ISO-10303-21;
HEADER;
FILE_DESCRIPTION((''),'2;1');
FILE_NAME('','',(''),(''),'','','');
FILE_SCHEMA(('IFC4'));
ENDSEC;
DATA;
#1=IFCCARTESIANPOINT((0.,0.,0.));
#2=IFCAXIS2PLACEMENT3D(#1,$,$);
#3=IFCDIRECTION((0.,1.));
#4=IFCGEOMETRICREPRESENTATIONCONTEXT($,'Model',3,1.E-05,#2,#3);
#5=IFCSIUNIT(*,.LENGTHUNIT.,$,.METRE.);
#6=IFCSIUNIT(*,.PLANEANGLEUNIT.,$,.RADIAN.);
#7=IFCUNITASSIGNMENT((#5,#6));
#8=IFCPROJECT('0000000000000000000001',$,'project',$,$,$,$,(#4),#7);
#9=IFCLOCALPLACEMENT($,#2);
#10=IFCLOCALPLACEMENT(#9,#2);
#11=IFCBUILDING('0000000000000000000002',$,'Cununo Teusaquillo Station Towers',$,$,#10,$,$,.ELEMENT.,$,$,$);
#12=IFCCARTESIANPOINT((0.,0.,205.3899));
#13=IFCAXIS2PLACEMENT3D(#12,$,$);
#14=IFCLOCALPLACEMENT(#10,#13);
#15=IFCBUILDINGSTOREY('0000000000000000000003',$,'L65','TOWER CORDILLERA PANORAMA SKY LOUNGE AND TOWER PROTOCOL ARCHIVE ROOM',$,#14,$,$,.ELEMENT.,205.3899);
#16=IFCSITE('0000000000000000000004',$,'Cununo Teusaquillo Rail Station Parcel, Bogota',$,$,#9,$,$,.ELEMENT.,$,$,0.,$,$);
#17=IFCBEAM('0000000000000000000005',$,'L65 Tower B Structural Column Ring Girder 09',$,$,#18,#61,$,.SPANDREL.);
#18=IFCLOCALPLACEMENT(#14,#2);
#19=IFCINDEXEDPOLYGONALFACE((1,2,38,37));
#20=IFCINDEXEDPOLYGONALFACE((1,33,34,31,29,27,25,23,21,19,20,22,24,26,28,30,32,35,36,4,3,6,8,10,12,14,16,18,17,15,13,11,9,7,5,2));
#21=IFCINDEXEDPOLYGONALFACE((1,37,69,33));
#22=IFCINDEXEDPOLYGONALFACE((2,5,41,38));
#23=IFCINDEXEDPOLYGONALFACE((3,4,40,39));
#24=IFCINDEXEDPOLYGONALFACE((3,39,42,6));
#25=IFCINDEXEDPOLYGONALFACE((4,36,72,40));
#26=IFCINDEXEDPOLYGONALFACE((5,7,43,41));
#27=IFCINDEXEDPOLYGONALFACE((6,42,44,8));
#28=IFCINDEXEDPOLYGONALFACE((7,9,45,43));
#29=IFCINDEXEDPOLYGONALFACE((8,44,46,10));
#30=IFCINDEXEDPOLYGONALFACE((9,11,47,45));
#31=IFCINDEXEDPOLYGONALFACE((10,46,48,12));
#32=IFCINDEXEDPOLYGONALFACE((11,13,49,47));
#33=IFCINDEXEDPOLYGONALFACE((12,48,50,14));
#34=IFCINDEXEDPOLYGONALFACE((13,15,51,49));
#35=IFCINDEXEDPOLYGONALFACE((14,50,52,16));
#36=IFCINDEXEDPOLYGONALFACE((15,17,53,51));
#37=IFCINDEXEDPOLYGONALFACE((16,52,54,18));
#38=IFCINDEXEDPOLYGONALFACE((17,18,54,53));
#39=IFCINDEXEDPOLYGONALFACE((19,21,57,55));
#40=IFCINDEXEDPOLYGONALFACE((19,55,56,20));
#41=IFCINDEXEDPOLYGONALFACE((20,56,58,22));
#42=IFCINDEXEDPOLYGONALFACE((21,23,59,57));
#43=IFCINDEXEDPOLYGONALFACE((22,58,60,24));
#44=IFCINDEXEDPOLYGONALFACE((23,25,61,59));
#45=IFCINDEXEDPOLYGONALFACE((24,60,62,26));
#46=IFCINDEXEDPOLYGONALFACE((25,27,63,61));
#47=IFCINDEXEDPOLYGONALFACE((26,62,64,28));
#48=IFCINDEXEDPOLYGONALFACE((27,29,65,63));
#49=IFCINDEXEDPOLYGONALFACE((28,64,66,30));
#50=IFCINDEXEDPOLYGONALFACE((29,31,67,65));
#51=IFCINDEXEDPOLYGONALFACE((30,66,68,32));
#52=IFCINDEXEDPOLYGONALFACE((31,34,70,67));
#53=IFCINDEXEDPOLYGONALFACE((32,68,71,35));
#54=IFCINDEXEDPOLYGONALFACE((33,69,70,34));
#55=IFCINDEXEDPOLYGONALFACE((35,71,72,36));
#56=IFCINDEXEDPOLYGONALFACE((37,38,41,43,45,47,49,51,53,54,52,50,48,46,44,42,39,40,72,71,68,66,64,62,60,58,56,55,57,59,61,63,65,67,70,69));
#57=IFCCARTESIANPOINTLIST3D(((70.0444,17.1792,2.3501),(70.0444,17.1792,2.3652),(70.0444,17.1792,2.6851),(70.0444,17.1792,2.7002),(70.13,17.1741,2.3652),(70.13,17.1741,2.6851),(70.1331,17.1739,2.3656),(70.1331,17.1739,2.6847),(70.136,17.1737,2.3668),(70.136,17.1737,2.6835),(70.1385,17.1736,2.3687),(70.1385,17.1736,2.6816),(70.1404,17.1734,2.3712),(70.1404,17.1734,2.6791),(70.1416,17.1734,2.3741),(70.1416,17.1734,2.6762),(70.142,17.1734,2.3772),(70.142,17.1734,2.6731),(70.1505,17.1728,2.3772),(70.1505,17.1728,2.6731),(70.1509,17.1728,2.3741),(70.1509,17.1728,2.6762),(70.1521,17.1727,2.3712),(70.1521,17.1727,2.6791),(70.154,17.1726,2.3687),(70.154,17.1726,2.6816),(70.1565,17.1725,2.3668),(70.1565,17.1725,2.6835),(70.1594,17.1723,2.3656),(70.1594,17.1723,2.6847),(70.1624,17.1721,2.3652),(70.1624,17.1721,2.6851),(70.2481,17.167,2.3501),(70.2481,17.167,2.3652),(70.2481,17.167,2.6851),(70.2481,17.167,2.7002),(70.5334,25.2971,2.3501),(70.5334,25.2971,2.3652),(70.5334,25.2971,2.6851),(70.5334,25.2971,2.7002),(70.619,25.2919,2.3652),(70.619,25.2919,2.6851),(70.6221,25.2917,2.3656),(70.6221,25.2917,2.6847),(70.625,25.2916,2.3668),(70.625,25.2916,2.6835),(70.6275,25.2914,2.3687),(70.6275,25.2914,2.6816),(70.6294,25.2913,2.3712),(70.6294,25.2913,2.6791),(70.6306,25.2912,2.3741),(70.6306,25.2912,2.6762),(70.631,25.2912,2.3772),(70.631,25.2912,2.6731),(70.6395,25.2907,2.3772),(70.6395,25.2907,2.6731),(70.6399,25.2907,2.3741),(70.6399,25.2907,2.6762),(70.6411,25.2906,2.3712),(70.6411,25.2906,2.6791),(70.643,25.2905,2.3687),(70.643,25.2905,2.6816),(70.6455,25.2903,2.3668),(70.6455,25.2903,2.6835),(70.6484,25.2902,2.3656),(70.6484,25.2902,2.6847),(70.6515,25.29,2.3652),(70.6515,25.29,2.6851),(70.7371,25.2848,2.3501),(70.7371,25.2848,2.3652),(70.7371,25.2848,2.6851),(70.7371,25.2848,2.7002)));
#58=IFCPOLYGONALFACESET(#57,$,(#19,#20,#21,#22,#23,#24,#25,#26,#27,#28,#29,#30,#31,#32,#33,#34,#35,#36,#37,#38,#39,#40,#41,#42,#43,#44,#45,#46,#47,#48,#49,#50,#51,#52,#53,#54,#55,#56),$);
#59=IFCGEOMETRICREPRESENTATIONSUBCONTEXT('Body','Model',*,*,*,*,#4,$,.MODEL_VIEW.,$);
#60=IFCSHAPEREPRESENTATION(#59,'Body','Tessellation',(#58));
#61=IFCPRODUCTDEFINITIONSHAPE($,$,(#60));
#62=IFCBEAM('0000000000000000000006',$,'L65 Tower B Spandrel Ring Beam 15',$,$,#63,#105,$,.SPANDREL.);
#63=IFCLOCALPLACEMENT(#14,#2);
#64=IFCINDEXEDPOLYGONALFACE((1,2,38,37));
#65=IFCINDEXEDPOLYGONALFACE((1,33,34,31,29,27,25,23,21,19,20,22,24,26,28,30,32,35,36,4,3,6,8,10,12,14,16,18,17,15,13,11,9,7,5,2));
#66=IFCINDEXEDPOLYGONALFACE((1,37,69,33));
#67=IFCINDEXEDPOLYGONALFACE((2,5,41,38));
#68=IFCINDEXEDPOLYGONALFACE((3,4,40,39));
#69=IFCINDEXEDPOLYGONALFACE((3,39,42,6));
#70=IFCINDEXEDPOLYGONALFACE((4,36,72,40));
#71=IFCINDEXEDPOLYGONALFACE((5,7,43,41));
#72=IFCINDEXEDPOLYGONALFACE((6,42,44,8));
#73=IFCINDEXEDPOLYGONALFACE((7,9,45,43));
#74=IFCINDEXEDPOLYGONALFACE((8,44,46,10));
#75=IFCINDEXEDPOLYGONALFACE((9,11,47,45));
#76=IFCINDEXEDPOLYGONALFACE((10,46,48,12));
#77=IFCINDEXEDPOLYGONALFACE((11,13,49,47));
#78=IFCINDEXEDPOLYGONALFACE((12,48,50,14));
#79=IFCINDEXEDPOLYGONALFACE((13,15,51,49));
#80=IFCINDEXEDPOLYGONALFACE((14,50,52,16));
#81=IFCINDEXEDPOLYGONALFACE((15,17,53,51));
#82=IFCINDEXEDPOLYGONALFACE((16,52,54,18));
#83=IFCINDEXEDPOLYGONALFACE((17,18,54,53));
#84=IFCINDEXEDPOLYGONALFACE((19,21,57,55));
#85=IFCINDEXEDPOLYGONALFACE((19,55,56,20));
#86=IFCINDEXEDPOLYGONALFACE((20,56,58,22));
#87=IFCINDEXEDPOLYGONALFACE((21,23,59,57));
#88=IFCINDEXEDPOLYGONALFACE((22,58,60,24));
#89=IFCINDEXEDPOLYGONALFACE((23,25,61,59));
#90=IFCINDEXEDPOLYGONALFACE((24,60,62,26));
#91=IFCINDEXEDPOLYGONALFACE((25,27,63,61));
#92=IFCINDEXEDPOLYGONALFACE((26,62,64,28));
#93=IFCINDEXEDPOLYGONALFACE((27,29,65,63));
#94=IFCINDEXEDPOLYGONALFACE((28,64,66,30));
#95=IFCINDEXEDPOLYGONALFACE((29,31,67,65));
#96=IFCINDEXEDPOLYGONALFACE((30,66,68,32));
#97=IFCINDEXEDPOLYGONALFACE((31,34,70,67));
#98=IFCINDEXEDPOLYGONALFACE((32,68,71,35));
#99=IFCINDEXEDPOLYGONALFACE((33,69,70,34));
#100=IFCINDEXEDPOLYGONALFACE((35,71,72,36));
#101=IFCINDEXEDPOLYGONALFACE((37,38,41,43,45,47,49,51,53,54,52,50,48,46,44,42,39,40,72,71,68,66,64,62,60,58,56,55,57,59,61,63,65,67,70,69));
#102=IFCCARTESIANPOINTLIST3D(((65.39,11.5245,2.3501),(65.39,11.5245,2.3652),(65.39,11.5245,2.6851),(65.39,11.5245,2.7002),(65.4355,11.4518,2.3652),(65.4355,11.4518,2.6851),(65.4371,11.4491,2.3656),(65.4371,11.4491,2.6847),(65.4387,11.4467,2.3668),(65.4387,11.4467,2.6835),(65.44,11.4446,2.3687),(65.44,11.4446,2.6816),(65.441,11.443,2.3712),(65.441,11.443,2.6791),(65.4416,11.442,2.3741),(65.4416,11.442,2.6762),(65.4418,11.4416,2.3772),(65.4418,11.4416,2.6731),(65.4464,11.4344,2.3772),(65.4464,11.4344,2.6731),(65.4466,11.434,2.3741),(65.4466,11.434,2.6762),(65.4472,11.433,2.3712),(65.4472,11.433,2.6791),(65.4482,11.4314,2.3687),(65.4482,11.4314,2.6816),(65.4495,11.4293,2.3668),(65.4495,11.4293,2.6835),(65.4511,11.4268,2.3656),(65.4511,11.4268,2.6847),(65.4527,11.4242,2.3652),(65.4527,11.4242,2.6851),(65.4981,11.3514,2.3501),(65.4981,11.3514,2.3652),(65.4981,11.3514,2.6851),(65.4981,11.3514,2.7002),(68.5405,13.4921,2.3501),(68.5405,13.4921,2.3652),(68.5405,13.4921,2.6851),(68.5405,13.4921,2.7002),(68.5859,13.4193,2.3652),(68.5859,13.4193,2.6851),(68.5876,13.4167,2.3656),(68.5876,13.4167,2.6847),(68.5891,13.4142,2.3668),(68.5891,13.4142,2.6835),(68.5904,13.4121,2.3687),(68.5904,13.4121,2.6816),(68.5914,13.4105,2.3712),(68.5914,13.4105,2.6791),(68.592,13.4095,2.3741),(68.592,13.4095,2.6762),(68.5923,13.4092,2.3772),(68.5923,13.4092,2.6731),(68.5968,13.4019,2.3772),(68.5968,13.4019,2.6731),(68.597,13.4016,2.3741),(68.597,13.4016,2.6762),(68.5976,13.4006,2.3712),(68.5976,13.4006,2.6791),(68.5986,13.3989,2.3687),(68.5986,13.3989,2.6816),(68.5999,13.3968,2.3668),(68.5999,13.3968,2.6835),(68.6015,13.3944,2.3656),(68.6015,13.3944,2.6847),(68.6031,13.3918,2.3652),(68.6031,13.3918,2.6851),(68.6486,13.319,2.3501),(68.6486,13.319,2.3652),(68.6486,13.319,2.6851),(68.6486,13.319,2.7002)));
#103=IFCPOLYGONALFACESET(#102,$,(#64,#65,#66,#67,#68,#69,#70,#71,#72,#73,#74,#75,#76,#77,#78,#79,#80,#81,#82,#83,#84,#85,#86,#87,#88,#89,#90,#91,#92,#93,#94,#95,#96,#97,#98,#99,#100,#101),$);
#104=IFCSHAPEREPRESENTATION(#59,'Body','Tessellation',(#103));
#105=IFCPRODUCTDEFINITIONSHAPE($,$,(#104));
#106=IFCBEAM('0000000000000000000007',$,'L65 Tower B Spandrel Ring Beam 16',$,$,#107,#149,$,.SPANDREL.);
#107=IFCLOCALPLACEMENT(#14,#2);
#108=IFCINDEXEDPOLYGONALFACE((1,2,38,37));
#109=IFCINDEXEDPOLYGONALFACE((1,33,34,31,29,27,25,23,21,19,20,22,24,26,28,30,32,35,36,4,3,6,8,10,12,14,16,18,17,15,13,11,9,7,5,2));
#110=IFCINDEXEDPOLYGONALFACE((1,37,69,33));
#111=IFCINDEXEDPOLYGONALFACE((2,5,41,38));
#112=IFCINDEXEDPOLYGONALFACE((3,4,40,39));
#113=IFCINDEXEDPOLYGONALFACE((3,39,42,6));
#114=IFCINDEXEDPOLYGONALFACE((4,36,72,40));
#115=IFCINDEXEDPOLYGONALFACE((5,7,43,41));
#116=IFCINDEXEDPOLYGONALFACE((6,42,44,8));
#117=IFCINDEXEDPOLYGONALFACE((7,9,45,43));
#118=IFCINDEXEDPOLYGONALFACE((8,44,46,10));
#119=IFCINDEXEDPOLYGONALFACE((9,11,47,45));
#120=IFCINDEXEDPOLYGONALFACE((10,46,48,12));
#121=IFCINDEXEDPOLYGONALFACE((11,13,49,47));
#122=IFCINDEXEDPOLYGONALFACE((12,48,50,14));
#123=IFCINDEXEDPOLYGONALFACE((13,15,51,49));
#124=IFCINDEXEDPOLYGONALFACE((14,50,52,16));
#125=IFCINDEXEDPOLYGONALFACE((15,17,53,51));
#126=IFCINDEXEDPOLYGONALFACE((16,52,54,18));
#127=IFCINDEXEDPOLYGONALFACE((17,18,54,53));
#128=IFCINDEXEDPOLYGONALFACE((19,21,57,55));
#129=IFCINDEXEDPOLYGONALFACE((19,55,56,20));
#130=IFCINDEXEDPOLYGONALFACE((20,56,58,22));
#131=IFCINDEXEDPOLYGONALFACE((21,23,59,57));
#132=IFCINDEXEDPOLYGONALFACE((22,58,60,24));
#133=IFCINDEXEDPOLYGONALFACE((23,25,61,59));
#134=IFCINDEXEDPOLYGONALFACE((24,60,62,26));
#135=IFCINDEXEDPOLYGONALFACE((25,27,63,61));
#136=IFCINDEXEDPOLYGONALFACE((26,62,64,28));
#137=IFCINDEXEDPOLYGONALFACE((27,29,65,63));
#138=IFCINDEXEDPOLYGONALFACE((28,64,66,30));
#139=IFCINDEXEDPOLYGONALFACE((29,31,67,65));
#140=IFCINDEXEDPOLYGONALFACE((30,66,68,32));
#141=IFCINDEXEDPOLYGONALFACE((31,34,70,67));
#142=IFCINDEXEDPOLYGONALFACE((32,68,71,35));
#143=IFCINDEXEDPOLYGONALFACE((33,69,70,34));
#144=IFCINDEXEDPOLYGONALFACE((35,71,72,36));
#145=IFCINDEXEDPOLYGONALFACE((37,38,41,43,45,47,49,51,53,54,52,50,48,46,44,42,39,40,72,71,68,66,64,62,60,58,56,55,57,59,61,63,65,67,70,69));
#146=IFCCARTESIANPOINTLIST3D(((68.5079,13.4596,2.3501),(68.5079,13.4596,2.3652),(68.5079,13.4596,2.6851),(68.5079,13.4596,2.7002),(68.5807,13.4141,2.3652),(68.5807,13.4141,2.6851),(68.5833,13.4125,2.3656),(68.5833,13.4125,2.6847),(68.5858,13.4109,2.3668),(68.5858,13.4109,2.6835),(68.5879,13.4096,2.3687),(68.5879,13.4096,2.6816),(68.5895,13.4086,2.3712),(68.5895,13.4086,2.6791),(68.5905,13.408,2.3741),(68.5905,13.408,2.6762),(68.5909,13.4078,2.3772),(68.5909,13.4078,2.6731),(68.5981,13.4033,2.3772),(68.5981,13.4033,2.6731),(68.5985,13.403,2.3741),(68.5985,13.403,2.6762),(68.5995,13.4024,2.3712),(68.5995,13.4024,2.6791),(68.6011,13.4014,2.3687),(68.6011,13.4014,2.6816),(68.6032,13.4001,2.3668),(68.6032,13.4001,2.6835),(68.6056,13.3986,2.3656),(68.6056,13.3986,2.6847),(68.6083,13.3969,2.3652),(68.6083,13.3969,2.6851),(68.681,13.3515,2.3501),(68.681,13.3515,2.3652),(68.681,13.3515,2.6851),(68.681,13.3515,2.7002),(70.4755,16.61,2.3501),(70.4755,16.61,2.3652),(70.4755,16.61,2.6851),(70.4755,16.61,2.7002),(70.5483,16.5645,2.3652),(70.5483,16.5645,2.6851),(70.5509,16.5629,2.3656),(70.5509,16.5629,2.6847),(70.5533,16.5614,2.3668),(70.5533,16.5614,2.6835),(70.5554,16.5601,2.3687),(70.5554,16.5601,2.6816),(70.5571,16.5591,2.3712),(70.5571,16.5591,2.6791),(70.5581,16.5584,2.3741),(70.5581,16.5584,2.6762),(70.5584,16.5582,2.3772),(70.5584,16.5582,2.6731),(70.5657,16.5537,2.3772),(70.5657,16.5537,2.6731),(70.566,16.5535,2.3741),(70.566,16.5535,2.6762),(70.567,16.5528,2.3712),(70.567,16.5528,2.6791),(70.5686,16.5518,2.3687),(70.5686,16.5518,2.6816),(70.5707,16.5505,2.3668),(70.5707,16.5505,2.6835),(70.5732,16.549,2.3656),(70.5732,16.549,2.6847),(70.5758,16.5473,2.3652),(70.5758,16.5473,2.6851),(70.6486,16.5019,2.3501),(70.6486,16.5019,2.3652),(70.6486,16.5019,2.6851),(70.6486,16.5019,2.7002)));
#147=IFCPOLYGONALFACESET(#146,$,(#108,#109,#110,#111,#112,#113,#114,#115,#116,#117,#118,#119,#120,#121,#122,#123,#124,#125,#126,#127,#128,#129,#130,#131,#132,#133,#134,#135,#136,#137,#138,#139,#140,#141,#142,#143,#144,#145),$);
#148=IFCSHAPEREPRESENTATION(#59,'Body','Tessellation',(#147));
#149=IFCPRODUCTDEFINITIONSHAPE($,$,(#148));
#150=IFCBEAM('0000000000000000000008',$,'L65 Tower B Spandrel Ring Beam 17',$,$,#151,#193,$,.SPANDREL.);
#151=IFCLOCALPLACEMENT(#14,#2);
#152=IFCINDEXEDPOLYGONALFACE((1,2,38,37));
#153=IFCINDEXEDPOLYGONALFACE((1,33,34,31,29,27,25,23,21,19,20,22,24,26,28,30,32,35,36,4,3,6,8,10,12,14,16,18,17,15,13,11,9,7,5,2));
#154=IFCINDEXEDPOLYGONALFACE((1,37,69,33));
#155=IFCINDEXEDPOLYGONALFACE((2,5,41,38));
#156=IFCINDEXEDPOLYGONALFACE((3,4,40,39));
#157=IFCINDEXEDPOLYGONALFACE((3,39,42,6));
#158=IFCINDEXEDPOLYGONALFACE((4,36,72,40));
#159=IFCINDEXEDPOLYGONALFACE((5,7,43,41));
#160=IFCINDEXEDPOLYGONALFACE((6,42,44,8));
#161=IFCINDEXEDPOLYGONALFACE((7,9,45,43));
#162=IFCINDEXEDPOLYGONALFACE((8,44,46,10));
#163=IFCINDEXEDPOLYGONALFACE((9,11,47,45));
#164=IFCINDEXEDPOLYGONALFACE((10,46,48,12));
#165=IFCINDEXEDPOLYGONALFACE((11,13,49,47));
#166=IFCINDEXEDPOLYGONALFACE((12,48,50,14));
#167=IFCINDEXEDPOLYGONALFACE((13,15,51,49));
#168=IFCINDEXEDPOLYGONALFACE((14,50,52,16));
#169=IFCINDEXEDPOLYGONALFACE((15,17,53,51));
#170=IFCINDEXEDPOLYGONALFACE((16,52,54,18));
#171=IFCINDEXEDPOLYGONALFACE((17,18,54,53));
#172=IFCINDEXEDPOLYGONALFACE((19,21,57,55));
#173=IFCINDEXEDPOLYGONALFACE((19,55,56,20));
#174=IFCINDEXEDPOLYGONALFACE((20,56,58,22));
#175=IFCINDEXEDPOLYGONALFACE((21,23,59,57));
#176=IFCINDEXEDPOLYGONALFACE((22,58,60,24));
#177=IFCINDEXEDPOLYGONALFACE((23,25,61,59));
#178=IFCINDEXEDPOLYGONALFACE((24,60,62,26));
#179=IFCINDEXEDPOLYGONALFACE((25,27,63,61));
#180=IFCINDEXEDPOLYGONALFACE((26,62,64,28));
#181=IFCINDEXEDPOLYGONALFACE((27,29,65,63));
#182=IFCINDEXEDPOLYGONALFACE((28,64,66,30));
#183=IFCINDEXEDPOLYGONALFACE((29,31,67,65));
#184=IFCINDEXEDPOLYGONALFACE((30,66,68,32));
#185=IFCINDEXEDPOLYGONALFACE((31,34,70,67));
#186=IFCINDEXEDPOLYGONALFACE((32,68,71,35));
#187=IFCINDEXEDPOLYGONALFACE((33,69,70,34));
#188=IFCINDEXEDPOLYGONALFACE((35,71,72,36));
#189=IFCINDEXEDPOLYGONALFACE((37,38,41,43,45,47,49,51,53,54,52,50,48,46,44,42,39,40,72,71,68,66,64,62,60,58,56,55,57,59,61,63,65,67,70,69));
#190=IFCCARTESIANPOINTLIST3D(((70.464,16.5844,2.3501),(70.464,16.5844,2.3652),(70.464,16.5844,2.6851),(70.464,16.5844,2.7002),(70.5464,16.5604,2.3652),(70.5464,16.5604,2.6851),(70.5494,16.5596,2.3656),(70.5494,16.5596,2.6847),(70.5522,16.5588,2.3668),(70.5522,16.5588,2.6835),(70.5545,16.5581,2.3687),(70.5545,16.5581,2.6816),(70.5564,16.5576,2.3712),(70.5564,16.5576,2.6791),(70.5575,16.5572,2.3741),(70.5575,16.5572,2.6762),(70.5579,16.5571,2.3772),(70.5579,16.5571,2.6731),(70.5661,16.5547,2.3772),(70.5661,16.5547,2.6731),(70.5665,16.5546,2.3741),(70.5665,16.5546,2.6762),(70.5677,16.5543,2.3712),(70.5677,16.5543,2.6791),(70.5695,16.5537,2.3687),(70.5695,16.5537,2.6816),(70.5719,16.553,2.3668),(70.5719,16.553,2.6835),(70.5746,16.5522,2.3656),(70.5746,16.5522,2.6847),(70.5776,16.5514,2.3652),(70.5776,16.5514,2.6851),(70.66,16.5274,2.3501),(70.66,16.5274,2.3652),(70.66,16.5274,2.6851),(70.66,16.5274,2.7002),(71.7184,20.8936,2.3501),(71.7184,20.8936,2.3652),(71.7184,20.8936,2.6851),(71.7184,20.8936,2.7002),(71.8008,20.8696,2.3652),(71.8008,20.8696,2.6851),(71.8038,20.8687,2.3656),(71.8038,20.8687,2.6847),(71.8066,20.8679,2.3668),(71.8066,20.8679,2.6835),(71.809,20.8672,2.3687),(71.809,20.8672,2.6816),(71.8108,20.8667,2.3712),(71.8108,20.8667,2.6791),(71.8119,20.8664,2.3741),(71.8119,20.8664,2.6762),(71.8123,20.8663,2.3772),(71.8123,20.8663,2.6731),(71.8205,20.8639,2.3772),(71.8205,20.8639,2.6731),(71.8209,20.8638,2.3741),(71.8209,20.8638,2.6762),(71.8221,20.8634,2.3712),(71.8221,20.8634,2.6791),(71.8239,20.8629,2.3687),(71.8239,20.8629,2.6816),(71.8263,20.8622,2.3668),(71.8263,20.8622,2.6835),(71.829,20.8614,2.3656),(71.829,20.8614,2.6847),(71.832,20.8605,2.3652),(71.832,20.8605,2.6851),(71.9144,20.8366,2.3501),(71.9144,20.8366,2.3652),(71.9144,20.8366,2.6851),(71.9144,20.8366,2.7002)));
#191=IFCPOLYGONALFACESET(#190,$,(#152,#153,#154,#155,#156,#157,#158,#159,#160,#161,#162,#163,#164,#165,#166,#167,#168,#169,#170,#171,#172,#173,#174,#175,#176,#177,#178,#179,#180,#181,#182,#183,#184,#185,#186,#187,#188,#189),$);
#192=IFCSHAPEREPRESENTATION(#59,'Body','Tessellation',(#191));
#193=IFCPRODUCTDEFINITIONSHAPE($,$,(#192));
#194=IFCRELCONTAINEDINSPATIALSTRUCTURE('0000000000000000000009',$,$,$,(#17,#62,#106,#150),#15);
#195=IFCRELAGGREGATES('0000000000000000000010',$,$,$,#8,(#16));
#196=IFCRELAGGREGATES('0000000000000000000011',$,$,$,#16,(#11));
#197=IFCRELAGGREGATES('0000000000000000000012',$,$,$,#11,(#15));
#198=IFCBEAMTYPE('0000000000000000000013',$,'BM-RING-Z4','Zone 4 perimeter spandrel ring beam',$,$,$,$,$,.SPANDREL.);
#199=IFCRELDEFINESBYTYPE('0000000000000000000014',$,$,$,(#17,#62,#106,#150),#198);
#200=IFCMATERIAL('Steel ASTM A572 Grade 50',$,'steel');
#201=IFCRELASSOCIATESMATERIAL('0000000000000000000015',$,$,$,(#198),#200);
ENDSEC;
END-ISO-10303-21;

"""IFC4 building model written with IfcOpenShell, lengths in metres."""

from ifc_helpers import new_model, si_unit, direction, frame, origin, origin_2d, place, context, subcontext, project, spatial, i_section, extrude, material, material_profile, profile_set, type_object, element, save


model = new_model("IFC4")

# Units and contexts
model_context = context("Model", 3, precision=1e-05, world=origin(), true_north=direction((0.0, 1.0)))
body_context = subcontext(model_context, "Body", "Model", "MODEL_VIEW")
ifc_project = project(units=[si_unit("LENGTHUNIT", "METRE"), si_unit("PLANEANGLEUNIT", "RADIAN")], contexts=[model_context])

# Site, building, storey
site_placement = place(None, origin())
site = spatial("IfcSite", under=ifc_project, at=site_placement, Name="Cununo Teusaquillo Rail Station Parcel, Bogota", CompositionType="ELEMENT", RefElevation=0.0)
building_placement = place(site_placement, origin())
building = spatial("IfcBuilding", under=site, at=building_placement, Name="Cununo Teusaquillo Station Towers", CompositionType="ELEMENT")
storey_placement = place(building_placement, frame((0.0, 0.0, 205.3899)))
storey = spatial("IfcBuildingStorey", under=building, at=storey_placement, Name="L65", Description="TOWER CORDILLERA PANORAMA SKY LOUNGE AND TOWER PROTOCOL ARCHIVE ROOM", CompositionType="ELEMENT", Elevation=205.3899)

# Beams
ifc_material_1 = material(Name="Steel ASTM A572 Grade 50", Category="steel")
ifc_material_profile_1 = material_profile(ifc_material_1, i_section(OverallWidth=0.2041, OverallDepth=0.3501, WebThickness=0.0085, FlangeThickness=0.0151, FilletRadius=0.012, at=origin_2d()), Name="W14X48")
ifc_profile_set_1 = profile_set([ifc_material_profile_1], Name="Steel ASTM A572 Grade 50")
beam_type_1 = type_object("IfcBeamType", Name="BM-RING-Z4", Description="Zone 4 perimeter spandrel ring beam", PredefinedType="SPANDREL", material=ifc_profile_set_1)
beam_1_placement = place(storey_placement, frame((70.1462, 17.1731, 2.5251), z_axis=(0.06013, 0.998191, 0.0), x_axis=(-0.998191, 0.06013, 0.0)))
element("IfcBeam", 1, at=beam_1_placement, inside=storey, type_object=beam_type_1, Name="L65 Tower B Structural Column Ring Girder 09", PredefinedType="SPANDREL", context=body_context, shape_type="SweptSolid", body=[
    extrude(i_section(OverallWidth=0.2041, OverallDepth=0.3501, WebThickness=0.0085, FlangeThickness=0.0151, FilletRadius=0.012, at=origin_2d()), origin(), (0.0, 0.0, 1.0), 8.1326),
])
for number, where, z_axis, x_axis, name in (
    (2, (65.4441, 11.438, 2.5251), (0.848176, 0.529715, 0.0), (-0.529715, 0.848176, 0.0), "L65 Tower B Spandrel Ring Beam 15"),
    (3, (68.5945, 13.4055, 2.5251), (0.529715, 0.848176, 0.0), (-0.848176, 0.529715, 0.0), "L65 Tower B Spandrel Ring Beam 16"),
):
    element("IfcBeam", number, at=place(storey_placement, frame(where, z_axis=z_axis, x_axis=x_axis)), inside=storey, type_object=beam_type_1, Name=name, PredefinedType="SPANDREL", context=body_context, shape_type="SweptSolid", body=[
        extrude(i_section(OverallWidth=0.2041, OverallDepth=0.3501, WebThickness=0.0085, FlangeThickness=0.0151, FilletRadius=0.012, at=origin_2d()), origin(), (0.0, 0.0, 1.0), 3.7144),
    ])
beam_2_placement = place(storey_placement, frame((70.562, 16.5559, 2.5251), z_axis=(0.279503, 0.960145, 0.0), x_axis=(-0.960145, 0.279503, 0.0)))
element("IfcBeam", 4, at=beam_2_placement, inside=storey, type_object=beam_type_1, Name="L65 Tower B Spandrel Ring Beam 17", PredefinedType="SPANDREL", context=body_context, shape_type="SweptSolid", body=[
    extrude(i_section(OverallWidth=0.2041, OverallDepth=0.3501, WebThickness=0.0085, FlangeThickness=0.0151, FilletRadius=0.012, at=origin_2d()), origin(), (0.0, 0.0, 1.0), 4.488),
])

save(model, "model.ifc")
